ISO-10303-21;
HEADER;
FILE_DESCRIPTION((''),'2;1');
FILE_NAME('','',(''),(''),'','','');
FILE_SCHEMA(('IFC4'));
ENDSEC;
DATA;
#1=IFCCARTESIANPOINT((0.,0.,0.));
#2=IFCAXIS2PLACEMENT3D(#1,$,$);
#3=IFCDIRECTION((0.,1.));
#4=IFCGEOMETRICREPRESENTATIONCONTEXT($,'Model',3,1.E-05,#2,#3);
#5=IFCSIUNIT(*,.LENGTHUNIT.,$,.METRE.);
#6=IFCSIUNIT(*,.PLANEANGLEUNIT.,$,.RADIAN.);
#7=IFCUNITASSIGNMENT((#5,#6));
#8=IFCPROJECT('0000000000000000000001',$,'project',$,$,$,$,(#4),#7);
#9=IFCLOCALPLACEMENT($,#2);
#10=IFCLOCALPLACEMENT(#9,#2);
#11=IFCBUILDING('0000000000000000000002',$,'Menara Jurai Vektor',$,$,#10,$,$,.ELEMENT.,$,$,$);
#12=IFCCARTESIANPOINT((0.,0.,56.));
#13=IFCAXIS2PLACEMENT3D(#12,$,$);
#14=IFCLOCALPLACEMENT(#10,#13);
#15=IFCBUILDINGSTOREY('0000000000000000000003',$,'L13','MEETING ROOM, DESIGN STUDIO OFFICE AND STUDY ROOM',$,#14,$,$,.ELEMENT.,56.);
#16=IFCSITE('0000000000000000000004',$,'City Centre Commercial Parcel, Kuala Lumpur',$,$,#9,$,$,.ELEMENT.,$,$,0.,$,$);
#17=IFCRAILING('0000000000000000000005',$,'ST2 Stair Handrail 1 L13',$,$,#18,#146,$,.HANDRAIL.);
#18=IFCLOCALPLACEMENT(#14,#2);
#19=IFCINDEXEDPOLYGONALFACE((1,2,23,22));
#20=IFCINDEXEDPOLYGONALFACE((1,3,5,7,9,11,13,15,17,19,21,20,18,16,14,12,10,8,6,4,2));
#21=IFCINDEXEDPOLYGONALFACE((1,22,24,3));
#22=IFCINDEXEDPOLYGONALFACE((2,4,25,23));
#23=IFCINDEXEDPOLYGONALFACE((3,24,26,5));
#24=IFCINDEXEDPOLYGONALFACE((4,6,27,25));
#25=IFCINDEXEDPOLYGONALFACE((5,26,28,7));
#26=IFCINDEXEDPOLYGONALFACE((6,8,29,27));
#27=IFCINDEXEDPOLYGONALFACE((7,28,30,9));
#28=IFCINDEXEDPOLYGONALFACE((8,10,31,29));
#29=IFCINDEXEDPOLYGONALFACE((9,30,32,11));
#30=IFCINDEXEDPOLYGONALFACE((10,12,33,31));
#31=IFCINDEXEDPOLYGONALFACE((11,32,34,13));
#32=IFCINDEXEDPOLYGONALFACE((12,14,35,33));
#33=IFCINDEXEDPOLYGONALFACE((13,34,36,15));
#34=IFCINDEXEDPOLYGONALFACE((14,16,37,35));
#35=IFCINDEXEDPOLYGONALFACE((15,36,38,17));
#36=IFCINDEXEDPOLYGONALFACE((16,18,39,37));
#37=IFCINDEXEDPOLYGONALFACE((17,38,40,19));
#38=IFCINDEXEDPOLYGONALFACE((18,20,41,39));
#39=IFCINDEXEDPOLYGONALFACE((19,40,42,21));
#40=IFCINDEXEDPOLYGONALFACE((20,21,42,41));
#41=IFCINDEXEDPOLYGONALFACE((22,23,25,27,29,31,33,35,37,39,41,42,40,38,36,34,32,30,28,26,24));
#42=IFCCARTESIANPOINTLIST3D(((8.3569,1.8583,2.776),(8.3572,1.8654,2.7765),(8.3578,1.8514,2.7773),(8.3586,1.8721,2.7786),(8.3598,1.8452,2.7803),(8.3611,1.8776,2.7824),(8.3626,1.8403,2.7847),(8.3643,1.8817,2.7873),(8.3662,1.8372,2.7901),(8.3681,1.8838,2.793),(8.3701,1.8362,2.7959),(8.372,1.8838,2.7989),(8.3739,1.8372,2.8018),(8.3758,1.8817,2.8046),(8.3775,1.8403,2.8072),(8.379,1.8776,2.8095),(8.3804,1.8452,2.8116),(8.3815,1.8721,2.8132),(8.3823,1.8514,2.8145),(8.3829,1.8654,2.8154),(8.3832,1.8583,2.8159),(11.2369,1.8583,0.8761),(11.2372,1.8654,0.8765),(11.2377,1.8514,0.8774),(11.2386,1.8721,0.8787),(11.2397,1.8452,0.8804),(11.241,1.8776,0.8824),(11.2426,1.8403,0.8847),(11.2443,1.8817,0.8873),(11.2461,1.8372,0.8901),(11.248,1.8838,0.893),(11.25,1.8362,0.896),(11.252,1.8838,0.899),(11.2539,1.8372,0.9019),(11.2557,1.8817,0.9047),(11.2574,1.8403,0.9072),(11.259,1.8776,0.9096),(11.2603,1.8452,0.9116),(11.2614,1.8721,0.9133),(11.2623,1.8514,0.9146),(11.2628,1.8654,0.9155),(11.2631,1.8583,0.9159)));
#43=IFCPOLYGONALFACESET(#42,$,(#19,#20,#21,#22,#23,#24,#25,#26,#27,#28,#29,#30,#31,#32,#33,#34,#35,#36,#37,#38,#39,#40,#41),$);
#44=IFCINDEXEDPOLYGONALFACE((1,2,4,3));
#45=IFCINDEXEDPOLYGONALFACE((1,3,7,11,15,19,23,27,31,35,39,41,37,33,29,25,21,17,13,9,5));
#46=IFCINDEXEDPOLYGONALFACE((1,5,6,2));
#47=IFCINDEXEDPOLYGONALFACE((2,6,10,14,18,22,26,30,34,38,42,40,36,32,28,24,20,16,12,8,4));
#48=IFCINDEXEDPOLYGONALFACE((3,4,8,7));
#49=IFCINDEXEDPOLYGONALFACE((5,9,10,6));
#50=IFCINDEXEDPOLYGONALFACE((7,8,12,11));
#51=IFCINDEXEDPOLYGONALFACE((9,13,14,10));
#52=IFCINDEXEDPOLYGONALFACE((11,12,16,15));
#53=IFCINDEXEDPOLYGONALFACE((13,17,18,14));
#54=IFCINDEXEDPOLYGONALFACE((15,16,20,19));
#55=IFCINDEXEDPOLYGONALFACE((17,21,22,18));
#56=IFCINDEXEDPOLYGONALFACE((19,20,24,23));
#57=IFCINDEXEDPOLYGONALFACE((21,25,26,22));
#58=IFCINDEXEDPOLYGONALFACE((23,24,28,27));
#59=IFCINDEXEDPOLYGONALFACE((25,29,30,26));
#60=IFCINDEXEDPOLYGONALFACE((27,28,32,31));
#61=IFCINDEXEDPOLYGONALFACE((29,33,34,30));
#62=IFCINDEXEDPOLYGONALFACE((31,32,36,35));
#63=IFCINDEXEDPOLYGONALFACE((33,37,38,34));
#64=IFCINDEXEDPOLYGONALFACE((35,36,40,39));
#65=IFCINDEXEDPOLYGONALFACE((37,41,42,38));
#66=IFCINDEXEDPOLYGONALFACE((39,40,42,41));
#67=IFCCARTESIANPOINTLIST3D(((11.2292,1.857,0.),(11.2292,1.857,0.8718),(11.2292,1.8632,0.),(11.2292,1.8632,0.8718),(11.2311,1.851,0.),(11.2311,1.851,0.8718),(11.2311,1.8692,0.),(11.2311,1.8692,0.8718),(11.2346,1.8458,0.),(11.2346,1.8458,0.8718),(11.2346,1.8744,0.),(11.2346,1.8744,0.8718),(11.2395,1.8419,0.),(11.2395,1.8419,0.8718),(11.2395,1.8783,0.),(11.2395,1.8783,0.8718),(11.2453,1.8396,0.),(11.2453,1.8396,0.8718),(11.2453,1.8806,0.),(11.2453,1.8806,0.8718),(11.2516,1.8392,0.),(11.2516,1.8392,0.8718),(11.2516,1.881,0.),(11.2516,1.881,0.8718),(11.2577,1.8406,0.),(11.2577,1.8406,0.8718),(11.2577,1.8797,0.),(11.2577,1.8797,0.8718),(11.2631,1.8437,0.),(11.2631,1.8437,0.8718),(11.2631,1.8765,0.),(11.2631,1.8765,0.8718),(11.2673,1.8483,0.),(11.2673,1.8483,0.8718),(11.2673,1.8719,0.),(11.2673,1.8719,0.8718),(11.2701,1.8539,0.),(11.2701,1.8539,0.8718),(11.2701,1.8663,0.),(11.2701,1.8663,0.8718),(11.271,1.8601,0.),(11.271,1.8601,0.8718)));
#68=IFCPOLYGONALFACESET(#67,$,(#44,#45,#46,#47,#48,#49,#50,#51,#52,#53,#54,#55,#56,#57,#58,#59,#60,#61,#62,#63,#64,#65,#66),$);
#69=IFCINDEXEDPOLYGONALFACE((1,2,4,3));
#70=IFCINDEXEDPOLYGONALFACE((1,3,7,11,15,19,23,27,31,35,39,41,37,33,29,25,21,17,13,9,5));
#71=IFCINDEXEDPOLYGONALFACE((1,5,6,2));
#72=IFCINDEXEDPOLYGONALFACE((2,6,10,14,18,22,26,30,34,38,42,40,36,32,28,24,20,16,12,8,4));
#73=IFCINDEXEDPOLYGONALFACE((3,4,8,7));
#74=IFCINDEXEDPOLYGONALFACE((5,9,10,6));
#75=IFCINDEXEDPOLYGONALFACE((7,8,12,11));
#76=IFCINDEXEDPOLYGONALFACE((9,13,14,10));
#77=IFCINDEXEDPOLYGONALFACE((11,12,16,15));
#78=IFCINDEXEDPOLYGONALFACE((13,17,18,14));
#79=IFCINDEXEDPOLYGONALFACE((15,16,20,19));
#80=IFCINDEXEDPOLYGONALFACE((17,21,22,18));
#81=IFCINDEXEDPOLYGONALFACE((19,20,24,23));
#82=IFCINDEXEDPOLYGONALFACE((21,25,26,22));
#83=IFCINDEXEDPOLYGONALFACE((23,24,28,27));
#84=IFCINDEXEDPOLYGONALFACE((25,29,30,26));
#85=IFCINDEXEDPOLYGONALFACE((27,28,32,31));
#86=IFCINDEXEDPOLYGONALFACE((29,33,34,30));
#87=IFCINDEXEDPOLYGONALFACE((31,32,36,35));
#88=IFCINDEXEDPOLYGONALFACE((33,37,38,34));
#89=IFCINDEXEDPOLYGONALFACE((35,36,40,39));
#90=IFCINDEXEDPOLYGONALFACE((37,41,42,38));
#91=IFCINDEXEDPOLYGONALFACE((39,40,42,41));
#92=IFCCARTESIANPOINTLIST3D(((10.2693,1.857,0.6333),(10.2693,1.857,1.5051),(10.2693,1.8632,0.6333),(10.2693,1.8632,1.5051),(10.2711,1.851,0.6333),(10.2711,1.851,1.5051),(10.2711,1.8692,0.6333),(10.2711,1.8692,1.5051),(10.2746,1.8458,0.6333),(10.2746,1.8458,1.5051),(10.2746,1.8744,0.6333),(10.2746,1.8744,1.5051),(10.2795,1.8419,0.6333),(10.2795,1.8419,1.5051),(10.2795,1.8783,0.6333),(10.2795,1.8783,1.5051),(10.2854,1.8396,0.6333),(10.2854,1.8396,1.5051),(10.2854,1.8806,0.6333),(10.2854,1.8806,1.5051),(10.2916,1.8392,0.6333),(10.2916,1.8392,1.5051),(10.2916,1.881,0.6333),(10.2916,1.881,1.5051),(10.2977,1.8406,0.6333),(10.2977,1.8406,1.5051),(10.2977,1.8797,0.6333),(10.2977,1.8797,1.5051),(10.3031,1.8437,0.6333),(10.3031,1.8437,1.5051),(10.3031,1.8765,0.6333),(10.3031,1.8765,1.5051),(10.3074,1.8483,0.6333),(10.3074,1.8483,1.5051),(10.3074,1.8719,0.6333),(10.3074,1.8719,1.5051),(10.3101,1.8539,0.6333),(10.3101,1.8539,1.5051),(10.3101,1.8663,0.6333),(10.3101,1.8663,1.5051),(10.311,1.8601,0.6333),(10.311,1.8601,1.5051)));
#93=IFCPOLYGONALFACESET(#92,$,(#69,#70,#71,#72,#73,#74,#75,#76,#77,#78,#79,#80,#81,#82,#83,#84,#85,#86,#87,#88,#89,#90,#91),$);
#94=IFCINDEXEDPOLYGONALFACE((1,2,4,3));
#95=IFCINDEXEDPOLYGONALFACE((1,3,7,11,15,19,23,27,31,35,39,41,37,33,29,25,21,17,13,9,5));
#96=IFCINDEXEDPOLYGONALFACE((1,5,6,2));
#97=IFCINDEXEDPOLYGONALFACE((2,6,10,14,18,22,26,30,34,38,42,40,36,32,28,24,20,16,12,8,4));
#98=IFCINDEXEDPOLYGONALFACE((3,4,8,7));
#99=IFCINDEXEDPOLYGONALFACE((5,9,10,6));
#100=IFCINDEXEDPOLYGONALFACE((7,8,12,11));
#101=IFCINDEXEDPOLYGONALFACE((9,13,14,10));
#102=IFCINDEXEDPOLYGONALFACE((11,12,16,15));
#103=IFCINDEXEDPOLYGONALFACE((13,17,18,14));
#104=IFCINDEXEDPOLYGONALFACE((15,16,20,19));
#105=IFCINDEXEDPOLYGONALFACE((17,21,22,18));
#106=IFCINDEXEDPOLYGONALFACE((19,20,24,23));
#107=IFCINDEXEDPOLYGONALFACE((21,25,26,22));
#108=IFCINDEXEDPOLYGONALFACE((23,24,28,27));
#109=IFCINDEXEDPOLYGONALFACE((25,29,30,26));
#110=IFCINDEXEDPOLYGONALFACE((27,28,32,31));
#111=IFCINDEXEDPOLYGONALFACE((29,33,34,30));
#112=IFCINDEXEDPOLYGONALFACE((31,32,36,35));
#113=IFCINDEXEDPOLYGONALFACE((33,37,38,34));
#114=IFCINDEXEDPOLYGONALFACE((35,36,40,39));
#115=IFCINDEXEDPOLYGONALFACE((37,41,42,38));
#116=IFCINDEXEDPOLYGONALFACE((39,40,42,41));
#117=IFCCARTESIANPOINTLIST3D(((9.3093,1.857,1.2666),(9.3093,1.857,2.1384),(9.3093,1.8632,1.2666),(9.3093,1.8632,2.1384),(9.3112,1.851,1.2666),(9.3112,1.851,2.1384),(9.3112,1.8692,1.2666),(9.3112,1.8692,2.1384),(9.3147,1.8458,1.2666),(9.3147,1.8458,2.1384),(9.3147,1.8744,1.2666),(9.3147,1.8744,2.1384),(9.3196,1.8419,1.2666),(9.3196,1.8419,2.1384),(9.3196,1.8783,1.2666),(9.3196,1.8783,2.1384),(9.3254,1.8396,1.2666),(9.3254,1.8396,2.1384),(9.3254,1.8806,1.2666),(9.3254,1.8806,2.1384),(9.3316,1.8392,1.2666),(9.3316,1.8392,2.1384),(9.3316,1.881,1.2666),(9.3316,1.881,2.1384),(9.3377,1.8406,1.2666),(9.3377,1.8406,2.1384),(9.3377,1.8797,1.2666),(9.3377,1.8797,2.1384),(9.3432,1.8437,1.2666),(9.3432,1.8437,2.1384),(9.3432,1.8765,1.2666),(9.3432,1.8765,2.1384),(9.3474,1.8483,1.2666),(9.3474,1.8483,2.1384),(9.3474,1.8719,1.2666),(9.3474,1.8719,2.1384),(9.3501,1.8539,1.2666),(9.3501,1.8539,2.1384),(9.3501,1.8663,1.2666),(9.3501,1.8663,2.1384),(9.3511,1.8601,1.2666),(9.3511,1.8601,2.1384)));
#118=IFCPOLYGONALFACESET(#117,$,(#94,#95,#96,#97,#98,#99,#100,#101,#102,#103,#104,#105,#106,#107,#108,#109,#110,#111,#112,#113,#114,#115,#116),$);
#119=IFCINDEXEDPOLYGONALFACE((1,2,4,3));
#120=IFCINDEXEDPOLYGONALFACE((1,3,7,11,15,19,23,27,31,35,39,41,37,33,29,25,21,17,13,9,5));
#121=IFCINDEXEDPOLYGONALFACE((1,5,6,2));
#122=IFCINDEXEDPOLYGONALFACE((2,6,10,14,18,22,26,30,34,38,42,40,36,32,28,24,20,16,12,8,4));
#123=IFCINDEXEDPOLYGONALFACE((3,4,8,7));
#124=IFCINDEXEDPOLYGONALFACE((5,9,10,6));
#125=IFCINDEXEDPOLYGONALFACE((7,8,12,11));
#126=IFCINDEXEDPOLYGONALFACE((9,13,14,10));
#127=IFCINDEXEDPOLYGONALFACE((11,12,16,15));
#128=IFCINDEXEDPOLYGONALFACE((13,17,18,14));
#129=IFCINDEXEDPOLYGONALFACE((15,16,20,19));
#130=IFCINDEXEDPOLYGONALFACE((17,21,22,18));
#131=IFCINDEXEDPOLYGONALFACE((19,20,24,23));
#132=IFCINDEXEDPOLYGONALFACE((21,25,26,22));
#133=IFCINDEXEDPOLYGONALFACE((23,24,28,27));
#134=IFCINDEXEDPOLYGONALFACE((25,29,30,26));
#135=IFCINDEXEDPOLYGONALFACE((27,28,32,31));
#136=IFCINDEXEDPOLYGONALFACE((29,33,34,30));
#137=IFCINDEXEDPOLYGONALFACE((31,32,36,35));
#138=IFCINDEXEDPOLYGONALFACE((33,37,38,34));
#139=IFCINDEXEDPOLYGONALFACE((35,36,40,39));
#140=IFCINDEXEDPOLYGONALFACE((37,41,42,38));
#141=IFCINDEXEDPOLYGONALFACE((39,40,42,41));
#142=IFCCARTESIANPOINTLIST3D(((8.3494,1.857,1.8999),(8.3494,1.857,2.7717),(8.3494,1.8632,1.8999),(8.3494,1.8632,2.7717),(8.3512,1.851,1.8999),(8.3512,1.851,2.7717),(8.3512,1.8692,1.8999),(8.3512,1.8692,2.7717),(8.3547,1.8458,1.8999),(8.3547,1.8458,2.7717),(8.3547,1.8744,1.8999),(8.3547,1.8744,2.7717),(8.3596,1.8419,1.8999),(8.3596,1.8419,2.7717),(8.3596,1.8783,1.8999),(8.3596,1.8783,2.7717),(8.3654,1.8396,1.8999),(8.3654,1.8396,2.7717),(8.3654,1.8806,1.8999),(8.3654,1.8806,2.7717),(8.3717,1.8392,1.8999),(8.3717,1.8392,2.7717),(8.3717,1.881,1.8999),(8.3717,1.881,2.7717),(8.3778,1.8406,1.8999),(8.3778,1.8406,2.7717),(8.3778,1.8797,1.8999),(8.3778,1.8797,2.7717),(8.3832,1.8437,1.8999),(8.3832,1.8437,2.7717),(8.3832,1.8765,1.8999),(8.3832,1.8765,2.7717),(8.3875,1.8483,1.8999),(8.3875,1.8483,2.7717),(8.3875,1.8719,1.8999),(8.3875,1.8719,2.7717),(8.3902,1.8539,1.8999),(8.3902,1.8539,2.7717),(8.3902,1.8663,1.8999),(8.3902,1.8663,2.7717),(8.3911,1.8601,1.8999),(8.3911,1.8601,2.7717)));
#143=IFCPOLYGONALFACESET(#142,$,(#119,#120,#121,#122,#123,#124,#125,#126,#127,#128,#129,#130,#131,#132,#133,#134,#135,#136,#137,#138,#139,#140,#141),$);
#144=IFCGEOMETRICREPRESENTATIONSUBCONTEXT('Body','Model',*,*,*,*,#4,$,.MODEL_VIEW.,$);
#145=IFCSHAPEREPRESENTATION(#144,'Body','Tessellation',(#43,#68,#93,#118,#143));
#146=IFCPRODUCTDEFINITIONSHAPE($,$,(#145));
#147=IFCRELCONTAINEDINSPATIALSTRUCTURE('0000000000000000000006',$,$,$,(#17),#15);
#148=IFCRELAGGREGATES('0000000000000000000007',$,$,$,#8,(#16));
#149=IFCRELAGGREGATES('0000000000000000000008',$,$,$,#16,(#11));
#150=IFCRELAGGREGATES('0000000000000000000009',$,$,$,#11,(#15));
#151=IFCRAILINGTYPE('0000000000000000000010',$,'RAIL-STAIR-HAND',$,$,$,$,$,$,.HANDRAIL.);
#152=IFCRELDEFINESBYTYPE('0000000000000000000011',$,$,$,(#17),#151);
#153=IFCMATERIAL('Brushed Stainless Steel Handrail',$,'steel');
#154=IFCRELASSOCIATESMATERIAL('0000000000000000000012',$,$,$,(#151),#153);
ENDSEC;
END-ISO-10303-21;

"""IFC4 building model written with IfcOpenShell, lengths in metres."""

from ifc_helpers import new_model, si_unit, direction, frame, origin, origin_2d, place, context, subcontext, project, spatial, circle, extrude, material, type_object, element, save


model = new_model("IFC4")

# Units and contexts
model_context = context("Model", 3, precision=1e-05, world=origin(), true_north=direction((0.0, 1.0)))
body_context = subcontext(model_context, "Body", "Model", "MODEL_VIEW")
ifc_project = project(units=[si_unit("LENGTHUNIT", "METRE"), si_unit("PLANEANGLEUNIT", "RADIAN")], contexts=[model_context])

# Site, building, storey
site_placement = place(None, origin())
site = spatial("IfcSite", under=ifc_project, at=site_placement, Name="City Centre Commercial Parcel, Kuala Lumpur", CompositionType="ELEMENT", RefElevation=0.0)
building_placement = place(site_placement, origin())
building = spatial("IfcBuilding", under=site, at=building_placement, Name="Menara Jurai Vektor", CompositionType="ELEMENT")
storey_placement = place(building_placement, frame((0.0, 0.0, 56.0)))
storey = spatial("IfcBuildingStorey", under=building, at=storey_placement, Name="L13", Description="MEETING ROOM, DESIGN STUDIO OFFICE AND STUDY ROOM", CompositionType="ELEMENT", Elevation=56.0)

# Railing
ifc_material_1 = material(Name="Brushed Stainless Steel Handrail", Category="steel")
railing_type_1 = type_object("IfcRailingType", Name="RAIL-STAIR-HAND", PredefinedType="HANDRAIL", material=ifc_material_1)
railing_1_placement = place(storey_placement, frame((11.25, 1.8601, 0.0)))
element("IfcRailing", 1, at=railing_1_placement, inside=storey, type_object=railing_type_1, Name="ST2 Stair Handrail 1 L13", PredefinedType="HANDRAIL", context=body_context, shape_type="SweptSolid", body=[
    extrude(circle(Radius=0.0239, at=origin_2d()), frame((0.0, 0.0, 0.896), z_axis=(-0.834719, 0.0, 0.550677), x_axis=(0.0, -1.0, 0.0)), (0.0, 0.0, 1.0), 3.4502),
    extrude(circle(Radius=0.021, at=origin_2d()), origin(), (0.0, 0.0, 1.0), 0.8718),
    extrude(circle(Radius=0.021, at=origin_2d()), frame((-0.96, 0.0, 0.6333)), (0.0, 0.0, 1.0), 0.8718),
    extrude(circle(Radius=0.021, at=origin_2d()), frame((-1.9199, 0.0, 1.2666)), (0.0, 0.0, 1.0), 0.8718),
    extrude(circle(Radius=0.021, at=origin_2d()), frame((-2.8799, 0.0, 1.8999)), (0.0, 0.0, 1.0), 0.8718),
])

save(model, "model.ifc")
